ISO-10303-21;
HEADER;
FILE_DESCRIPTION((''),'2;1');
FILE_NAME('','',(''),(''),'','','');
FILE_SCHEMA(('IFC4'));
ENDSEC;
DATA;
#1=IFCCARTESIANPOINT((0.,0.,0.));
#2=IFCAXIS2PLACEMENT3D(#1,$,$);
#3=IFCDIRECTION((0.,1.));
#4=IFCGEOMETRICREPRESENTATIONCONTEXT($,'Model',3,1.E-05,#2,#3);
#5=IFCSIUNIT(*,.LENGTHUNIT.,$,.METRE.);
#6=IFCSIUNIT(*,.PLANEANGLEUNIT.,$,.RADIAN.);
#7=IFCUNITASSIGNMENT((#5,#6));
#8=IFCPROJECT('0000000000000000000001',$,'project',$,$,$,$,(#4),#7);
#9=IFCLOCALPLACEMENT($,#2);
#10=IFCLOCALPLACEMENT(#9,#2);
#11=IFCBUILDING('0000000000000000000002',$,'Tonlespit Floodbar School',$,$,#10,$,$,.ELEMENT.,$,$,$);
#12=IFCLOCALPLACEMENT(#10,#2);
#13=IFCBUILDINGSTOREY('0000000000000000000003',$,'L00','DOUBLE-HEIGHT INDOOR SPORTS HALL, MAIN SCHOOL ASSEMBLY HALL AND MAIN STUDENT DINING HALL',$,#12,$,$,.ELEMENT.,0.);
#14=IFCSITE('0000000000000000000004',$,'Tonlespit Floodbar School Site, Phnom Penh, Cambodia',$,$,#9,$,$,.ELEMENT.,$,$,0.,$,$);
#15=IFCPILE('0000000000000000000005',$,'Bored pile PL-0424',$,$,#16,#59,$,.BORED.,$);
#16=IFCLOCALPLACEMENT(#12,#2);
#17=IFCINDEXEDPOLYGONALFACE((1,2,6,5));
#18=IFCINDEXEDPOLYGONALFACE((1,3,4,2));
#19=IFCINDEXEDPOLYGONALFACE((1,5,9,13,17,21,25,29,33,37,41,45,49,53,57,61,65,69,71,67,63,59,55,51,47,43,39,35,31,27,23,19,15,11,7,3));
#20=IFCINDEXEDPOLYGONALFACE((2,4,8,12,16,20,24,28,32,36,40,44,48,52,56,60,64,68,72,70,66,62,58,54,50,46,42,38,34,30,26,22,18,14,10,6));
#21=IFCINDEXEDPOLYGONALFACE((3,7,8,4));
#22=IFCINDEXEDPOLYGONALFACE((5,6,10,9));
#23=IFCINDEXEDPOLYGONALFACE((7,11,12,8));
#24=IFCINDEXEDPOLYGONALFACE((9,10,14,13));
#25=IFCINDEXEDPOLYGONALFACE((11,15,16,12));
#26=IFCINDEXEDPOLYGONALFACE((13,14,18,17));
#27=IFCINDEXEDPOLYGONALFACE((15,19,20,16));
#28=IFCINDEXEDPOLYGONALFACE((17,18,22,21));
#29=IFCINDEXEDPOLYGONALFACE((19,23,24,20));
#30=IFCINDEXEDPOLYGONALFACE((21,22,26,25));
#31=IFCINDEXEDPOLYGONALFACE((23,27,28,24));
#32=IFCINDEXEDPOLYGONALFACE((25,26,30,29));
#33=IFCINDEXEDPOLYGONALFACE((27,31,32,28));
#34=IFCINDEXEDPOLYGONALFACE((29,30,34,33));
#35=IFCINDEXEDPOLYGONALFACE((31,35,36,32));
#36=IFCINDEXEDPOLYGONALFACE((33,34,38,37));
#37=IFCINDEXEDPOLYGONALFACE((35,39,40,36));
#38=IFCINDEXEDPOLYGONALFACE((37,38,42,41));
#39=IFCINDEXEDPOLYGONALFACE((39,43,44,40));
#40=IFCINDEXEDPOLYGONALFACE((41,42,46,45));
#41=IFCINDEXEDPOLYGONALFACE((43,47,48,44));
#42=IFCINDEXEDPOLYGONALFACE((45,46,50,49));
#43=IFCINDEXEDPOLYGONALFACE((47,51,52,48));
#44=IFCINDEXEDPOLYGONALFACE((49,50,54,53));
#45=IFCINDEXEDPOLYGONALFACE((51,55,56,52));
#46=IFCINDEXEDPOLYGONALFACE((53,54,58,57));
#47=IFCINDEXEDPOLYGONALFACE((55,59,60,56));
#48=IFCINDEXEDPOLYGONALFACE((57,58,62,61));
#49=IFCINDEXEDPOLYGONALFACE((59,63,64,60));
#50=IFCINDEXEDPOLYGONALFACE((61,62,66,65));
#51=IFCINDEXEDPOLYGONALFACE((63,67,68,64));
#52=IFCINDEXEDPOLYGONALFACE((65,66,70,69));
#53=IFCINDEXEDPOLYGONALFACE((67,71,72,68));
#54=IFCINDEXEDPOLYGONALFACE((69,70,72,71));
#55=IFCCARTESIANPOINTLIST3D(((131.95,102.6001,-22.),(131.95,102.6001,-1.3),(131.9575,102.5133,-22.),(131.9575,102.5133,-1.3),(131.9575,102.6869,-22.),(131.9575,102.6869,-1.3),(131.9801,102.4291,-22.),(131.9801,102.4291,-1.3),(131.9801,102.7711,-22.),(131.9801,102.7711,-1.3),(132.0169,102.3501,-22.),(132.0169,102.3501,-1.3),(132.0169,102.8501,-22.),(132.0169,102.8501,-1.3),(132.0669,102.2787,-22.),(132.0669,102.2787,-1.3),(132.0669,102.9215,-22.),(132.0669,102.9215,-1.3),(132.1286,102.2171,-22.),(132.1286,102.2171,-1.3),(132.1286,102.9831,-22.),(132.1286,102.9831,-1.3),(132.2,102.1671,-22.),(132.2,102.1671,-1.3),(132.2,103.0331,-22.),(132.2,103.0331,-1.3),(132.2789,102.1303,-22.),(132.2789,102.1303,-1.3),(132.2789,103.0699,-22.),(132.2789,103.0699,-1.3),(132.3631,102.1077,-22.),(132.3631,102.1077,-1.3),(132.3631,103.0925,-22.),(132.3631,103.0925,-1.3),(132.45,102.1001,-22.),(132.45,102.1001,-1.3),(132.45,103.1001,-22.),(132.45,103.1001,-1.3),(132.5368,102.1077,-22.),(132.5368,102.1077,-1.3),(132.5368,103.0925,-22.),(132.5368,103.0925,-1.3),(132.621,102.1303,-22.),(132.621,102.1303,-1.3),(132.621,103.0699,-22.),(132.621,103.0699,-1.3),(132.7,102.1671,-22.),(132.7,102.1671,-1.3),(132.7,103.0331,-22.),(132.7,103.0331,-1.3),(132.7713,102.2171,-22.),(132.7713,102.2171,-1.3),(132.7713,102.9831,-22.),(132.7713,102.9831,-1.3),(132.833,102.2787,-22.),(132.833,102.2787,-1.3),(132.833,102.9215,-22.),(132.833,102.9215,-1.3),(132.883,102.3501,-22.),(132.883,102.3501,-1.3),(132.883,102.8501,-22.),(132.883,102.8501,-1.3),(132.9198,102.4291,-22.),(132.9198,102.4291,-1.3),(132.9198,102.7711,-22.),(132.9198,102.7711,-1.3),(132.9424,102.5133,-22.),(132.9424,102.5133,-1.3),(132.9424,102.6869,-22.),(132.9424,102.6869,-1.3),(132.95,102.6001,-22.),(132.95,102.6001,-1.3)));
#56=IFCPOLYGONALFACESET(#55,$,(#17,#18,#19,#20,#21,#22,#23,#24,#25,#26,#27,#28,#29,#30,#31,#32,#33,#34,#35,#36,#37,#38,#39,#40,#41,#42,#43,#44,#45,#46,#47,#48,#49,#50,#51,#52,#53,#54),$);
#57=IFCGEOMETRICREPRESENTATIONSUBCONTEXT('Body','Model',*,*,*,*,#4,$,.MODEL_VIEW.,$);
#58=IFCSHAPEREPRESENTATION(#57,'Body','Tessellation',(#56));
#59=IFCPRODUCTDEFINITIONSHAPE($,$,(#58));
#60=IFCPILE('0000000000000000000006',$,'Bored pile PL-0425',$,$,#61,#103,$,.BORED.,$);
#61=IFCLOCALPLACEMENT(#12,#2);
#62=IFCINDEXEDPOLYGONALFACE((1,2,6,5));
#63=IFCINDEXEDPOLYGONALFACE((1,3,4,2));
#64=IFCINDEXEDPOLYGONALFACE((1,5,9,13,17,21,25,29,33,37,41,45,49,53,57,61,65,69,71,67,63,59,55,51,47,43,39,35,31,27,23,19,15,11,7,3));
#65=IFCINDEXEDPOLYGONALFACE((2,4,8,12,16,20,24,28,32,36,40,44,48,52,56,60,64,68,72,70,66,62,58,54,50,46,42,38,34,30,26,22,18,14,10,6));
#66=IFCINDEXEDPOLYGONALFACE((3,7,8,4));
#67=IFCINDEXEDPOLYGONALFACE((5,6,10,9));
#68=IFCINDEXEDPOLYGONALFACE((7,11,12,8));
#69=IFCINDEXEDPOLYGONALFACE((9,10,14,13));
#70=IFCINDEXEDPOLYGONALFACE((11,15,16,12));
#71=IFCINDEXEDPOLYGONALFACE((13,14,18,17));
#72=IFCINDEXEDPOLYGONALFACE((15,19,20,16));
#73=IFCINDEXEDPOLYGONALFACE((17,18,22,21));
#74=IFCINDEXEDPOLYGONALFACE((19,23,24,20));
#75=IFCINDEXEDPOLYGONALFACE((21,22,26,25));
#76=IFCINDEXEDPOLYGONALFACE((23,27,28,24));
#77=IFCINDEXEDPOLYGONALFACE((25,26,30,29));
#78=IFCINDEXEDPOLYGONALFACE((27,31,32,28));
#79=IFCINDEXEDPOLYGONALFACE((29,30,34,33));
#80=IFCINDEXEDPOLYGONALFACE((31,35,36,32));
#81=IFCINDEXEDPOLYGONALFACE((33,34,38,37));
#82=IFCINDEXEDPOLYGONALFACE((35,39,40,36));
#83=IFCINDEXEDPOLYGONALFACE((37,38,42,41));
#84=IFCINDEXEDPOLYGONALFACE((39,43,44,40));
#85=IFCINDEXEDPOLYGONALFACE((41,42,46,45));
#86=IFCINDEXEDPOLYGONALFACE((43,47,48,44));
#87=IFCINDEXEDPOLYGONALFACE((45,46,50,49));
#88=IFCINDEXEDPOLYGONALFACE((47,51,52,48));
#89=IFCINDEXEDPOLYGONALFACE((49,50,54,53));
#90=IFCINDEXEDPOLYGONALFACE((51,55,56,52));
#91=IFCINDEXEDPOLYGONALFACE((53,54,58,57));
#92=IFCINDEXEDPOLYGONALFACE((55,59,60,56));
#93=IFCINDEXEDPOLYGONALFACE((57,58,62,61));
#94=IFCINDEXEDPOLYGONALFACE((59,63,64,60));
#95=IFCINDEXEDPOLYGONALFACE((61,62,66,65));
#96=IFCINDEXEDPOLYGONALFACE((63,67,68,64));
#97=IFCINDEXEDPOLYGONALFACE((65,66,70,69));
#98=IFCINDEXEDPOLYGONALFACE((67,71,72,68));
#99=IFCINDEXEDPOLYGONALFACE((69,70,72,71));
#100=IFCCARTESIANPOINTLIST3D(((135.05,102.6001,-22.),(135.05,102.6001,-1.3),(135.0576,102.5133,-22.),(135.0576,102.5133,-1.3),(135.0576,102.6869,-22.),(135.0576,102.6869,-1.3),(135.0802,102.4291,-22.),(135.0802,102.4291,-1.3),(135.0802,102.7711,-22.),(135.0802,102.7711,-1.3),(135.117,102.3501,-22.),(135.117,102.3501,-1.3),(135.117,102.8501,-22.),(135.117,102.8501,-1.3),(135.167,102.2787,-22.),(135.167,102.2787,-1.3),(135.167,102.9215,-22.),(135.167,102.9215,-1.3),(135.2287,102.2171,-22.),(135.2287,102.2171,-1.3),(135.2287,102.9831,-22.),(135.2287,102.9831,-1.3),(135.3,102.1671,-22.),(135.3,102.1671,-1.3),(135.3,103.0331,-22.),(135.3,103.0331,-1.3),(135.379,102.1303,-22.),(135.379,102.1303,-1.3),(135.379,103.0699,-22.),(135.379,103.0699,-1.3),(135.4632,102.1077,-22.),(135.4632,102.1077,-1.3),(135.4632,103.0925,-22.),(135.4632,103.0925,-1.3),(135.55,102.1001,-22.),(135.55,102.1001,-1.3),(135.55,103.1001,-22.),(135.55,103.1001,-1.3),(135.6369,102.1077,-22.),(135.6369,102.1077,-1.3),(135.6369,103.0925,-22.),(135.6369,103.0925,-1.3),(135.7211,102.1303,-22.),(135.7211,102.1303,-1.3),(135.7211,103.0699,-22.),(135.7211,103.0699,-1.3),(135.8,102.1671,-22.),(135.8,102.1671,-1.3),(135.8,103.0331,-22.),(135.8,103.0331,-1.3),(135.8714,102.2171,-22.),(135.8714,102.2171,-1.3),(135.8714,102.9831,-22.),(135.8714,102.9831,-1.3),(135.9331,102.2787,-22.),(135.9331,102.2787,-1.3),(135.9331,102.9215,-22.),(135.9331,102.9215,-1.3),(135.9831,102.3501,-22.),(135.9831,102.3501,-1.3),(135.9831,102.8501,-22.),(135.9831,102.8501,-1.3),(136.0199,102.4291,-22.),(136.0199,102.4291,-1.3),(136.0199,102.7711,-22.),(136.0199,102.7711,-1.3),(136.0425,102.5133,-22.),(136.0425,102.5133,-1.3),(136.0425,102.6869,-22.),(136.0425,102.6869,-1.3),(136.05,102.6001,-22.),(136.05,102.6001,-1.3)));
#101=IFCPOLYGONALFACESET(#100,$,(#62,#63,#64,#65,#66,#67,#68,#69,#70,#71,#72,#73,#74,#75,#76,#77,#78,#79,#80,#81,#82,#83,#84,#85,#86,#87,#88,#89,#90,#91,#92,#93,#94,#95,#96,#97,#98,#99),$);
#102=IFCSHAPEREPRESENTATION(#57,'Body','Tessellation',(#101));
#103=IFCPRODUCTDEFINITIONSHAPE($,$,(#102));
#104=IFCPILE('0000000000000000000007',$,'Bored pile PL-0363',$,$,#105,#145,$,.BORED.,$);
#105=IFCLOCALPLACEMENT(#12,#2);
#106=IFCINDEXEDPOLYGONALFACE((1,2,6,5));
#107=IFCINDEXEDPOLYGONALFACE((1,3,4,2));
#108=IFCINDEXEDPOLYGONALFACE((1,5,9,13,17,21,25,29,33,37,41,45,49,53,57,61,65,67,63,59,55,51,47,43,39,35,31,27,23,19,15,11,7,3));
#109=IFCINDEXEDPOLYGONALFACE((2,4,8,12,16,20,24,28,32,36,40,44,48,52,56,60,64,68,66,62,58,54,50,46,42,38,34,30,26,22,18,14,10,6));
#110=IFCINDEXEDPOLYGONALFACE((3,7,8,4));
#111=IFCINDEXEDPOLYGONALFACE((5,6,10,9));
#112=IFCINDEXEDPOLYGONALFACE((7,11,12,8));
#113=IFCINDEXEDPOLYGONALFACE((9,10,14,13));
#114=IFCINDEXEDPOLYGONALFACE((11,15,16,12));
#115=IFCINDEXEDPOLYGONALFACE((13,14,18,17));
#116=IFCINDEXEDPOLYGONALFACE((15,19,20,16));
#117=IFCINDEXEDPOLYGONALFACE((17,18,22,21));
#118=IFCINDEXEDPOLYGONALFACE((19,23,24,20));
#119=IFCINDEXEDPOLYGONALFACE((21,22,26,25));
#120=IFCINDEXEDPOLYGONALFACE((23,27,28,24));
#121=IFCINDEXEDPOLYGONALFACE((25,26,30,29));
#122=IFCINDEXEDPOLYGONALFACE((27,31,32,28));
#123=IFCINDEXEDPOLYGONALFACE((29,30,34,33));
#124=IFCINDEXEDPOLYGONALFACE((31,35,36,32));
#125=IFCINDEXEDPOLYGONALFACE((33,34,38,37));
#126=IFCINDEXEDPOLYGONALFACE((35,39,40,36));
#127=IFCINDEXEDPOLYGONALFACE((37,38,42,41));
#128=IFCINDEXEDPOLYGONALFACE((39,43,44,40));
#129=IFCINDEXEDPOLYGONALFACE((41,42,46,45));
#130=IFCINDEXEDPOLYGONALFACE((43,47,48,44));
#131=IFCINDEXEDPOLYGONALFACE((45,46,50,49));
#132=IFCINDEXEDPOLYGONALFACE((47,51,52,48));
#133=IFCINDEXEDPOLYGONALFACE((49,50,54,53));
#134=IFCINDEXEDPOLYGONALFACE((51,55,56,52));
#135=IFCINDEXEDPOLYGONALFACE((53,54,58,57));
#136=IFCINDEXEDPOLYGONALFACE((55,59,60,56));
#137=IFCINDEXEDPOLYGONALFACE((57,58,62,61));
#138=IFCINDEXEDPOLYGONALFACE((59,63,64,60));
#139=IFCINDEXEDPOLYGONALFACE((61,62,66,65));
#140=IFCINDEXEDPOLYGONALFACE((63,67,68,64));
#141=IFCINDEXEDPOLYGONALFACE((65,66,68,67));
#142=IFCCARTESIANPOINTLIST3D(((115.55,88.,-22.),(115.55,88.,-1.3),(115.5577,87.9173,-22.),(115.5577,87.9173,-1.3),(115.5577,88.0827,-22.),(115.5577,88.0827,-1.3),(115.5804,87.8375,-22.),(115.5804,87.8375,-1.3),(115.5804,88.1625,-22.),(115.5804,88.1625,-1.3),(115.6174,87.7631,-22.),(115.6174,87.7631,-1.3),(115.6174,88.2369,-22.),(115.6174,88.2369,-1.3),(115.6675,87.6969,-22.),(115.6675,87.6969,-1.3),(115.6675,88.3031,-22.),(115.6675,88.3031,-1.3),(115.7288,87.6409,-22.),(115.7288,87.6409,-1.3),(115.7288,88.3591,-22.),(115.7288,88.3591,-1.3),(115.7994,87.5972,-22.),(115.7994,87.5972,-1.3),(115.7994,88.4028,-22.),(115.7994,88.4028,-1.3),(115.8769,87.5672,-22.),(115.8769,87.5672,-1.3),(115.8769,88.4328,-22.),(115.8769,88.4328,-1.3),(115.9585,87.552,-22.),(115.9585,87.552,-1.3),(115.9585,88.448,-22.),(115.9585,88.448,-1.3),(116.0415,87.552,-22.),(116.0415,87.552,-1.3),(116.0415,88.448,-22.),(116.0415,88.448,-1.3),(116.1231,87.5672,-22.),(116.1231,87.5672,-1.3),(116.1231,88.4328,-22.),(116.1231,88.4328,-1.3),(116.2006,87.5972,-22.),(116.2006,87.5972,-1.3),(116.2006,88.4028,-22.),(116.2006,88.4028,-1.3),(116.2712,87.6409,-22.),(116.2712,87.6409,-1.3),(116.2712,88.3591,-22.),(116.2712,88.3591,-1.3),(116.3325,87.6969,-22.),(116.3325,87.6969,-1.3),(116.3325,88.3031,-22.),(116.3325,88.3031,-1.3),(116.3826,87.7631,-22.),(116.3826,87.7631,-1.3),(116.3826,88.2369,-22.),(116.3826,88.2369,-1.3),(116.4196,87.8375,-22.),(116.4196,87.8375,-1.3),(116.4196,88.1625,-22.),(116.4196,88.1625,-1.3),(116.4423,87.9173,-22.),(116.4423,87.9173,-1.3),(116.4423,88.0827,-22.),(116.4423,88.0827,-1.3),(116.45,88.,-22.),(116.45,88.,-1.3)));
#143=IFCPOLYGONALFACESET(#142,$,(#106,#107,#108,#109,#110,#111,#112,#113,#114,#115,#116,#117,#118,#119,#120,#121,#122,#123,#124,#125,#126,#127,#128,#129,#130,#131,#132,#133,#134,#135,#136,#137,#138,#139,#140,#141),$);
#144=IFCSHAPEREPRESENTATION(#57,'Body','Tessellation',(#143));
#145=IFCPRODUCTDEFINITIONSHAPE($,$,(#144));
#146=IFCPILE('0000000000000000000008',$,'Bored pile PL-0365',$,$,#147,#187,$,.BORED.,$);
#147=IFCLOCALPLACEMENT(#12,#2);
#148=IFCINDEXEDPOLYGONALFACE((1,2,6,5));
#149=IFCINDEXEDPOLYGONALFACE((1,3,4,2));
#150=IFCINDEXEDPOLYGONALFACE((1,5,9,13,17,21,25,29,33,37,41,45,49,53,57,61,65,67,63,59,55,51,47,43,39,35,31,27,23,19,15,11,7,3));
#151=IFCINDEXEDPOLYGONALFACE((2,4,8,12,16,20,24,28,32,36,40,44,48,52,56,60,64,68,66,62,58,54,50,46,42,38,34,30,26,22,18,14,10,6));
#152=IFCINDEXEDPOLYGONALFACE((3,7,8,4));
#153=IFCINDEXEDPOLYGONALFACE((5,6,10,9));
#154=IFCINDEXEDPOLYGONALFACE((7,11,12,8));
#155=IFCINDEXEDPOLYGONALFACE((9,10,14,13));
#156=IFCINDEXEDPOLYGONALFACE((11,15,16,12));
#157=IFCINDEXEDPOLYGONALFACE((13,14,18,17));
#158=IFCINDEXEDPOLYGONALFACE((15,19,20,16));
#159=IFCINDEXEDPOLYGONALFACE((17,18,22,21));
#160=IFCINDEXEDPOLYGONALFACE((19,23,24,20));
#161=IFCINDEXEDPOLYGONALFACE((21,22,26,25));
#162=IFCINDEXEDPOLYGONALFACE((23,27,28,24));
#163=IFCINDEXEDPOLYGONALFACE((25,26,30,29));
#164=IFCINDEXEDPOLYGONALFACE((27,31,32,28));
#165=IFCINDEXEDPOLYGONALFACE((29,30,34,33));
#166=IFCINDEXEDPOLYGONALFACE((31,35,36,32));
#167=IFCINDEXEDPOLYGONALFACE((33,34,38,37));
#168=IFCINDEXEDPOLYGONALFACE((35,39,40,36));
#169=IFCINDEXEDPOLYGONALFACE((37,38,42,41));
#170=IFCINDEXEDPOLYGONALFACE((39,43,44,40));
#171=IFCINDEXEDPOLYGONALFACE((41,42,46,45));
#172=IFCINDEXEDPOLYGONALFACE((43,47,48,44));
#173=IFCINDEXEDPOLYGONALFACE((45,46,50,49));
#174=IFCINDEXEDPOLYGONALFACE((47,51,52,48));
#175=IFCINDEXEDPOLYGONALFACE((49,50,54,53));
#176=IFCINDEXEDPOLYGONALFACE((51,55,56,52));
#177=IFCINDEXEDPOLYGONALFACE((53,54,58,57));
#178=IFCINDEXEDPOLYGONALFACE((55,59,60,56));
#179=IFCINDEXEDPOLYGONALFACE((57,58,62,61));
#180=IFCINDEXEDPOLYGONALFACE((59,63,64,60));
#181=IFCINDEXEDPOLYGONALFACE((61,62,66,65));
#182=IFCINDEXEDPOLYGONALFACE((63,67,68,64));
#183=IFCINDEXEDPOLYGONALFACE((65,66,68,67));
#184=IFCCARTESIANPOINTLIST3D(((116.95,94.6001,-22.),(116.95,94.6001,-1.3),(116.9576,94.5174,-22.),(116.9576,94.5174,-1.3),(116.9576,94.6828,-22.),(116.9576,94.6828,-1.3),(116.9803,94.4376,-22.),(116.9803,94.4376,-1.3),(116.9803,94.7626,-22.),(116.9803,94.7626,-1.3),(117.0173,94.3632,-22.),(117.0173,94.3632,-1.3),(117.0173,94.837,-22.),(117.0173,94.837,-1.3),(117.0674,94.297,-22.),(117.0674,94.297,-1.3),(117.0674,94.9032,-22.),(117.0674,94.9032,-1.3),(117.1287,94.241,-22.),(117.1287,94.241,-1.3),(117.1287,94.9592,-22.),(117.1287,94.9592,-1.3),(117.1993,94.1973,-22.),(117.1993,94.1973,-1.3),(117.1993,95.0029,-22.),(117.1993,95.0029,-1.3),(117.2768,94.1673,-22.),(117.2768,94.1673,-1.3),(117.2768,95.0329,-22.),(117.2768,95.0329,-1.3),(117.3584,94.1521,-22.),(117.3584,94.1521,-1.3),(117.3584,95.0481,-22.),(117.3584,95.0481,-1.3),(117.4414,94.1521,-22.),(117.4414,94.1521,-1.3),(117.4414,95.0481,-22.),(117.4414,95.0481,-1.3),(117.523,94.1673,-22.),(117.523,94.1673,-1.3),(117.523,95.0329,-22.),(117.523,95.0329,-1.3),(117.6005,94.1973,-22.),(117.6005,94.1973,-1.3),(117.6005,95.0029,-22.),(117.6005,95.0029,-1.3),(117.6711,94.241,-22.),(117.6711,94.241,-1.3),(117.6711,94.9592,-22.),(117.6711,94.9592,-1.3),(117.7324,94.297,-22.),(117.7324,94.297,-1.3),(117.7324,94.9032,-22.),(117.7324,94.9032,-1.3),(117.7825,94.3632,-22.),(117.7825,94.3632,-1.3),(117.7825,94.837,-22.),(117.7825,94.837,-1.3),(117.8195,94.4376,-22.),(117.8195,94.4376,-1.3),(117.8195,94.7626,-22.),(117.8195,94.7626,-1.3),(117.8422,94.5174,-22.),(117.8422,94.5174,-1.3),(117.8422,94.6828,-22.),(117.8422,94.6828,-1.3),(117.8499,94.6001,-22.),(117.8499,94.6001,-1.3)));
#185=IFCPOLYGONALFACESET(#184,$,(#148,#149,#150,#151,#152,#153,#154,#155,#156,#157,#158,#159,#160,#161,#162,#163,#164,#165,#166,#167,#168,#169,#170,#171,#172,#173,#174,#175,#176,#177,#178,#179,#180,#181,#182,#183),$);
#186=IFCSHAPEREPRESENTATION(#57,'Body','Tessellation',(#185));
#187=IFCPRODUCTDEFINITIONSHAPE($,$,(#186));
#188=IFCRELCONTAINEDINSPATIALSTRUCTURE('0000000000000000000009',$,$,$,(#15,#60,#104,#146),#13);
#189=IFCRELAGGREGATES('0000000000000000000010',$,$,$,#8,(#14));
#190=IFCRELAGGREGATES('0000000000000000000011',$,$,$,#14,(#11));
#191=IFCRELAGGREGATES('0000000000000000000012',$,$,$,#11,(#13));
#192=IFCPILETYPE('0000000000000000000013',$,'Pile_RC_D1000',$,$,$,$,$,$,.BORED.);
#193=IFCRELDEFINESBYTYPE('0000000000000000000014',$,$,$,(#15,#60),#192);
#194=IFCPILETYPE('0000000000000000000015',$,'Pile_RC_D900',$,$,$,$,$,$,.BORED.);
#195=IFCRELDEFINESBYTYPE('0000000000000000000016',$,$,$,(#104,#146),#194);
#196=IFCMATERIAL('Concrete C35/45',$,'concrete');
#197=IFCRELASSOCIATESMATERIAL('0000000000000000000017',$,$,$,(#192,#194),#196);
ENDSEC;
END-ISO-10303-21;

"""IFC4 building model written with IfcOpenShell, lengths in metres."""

from ifc_helpers import new_model, si_unit, direction, frame, origin, origin_2d, place, context, subcontext, project, spatial, circle, extrude, material, material_profile, profile_set, type_object, element, save


model = new_model("IFC4")

# Units and contexts
model_context = context("Model", 3, precision=1e-05, world=origin(), true_north=direction((0.0, 1.0)))
body_context = subcontext(model_context, "Body", "Model", "MODEL_VIEW")
ifc_project = project(units=[si_unit("LENGTHUNIT", "METRE"), si_unit("PLANEANGLEUNIT", "RADIAN")], contexts=[model_context])

# Site, building, storey
site_placement = place(None, origin())
site = spatial("IfcSite", under=ifc_project, at=site_placement, Name="Tonlespit Floodbar School Site, Phnom Penh, Cambodia", CompositionType="ELEMENT", RefElevation=0.0)
building_placement = place(site_placement, origin())
building = spatial("IfcBuilding", under=site, at=building_placement, Name="Tonlespit Floodbar School", CompositionType="ELEMENT")
storey_placement = place(building_placement, origin())
storey = spatial("IfcBuildingStorey", under=building, at=storey_placement, Name="L00", Description="DOUBLE-HEIGHT INDOOR SPORTS HALL, MAIN SCHOOL ASSEMBLY HALL AND MAIN STUDENT DINING HALL", CompositionType="ELEMENT", Elevation=0.0)

# Piles
ifc_material_1 = material(Name="Concrete C35/45", Category="concrete")
ifc_material_profile_1 = material_profile(ifc_material_1, circle(Radius=0.5, at=origin_2d()), Name="BP D1000")
ifc_profile_set_1 = profile_set([ifc_material_profile_1], Name="Concrete C35/45")
pile_type_1 = type_object("IfcPileType", Name="Pile_RC_D1000", PredefinedType="BORED", material=ifc_profile_set_1)
for number, where, z_axis, x_axis, name in (
    (1, (132.45, 102.6001, -1.3), (0.0, 0.0, -1.0), (1.0, 0.0, 0.0), "Bored pile PL-0424"),
    (2, (135.55, 102.6001, -1.3), (0.0, 0.0, -1.0), (1.0, 0.0, 0.0), "Bored pile PL-0425"),
):
    element("IfcPile", number, at=place(storey_placement, frame(where, z_axis=z_axis, x_axis=x_axis)), inside=storey, type_object=pile_type_1, Name=name, PredefinedType="BORED", context=body_context, shape_type="SweptSolid", body=[
        extrude(circle(Radius=0.5, at=origin_2d()), origin(), (0.0, 0.0, 1.0), 20.7),
    ])
ifc_material_profile_2 = material_profile(ifc_material_1, circle(Radius=0.45, at=origin_2d()), Name="BP D900")
ifc_profile_set_2 = profile_set([ifc_material_profile_2], Name="Concrete C35/45")
pile_type_2 = type_object("IfcPileType", Name="Pile_RC_D900", PredefinedType="BORED", material=ifc_profile_set_2)
for number, where, z_axis, x_axis, name in (
    (3, (116.0, 88.0, -1.3), (0.0, 0.0, -1.0), (1.0, 0.0, 0.0), "Bored pile PL-0363"),
    (4, (117.3999, 94.6001, -1.3), (0.0, 0.0, -1.0), (1.0, 0.0, 0.0), "Bored pile PL-0365"),
):
    element("IfcPile", number, at=place(storey_placement, frame(where, z_axis=z_axis, x_axis=x_axis)), inside=storey, type_object=pile_type_2, Name=name, PredefinedType="BORED", context=body_context, shape_type="SweptSolid", body=[
        extrude(circle(Radius=0.45, at=origin_2d()), origin(), (0.0, 0.0, 1.0), 20.7),
    ])

save(model, "model.ifc")
